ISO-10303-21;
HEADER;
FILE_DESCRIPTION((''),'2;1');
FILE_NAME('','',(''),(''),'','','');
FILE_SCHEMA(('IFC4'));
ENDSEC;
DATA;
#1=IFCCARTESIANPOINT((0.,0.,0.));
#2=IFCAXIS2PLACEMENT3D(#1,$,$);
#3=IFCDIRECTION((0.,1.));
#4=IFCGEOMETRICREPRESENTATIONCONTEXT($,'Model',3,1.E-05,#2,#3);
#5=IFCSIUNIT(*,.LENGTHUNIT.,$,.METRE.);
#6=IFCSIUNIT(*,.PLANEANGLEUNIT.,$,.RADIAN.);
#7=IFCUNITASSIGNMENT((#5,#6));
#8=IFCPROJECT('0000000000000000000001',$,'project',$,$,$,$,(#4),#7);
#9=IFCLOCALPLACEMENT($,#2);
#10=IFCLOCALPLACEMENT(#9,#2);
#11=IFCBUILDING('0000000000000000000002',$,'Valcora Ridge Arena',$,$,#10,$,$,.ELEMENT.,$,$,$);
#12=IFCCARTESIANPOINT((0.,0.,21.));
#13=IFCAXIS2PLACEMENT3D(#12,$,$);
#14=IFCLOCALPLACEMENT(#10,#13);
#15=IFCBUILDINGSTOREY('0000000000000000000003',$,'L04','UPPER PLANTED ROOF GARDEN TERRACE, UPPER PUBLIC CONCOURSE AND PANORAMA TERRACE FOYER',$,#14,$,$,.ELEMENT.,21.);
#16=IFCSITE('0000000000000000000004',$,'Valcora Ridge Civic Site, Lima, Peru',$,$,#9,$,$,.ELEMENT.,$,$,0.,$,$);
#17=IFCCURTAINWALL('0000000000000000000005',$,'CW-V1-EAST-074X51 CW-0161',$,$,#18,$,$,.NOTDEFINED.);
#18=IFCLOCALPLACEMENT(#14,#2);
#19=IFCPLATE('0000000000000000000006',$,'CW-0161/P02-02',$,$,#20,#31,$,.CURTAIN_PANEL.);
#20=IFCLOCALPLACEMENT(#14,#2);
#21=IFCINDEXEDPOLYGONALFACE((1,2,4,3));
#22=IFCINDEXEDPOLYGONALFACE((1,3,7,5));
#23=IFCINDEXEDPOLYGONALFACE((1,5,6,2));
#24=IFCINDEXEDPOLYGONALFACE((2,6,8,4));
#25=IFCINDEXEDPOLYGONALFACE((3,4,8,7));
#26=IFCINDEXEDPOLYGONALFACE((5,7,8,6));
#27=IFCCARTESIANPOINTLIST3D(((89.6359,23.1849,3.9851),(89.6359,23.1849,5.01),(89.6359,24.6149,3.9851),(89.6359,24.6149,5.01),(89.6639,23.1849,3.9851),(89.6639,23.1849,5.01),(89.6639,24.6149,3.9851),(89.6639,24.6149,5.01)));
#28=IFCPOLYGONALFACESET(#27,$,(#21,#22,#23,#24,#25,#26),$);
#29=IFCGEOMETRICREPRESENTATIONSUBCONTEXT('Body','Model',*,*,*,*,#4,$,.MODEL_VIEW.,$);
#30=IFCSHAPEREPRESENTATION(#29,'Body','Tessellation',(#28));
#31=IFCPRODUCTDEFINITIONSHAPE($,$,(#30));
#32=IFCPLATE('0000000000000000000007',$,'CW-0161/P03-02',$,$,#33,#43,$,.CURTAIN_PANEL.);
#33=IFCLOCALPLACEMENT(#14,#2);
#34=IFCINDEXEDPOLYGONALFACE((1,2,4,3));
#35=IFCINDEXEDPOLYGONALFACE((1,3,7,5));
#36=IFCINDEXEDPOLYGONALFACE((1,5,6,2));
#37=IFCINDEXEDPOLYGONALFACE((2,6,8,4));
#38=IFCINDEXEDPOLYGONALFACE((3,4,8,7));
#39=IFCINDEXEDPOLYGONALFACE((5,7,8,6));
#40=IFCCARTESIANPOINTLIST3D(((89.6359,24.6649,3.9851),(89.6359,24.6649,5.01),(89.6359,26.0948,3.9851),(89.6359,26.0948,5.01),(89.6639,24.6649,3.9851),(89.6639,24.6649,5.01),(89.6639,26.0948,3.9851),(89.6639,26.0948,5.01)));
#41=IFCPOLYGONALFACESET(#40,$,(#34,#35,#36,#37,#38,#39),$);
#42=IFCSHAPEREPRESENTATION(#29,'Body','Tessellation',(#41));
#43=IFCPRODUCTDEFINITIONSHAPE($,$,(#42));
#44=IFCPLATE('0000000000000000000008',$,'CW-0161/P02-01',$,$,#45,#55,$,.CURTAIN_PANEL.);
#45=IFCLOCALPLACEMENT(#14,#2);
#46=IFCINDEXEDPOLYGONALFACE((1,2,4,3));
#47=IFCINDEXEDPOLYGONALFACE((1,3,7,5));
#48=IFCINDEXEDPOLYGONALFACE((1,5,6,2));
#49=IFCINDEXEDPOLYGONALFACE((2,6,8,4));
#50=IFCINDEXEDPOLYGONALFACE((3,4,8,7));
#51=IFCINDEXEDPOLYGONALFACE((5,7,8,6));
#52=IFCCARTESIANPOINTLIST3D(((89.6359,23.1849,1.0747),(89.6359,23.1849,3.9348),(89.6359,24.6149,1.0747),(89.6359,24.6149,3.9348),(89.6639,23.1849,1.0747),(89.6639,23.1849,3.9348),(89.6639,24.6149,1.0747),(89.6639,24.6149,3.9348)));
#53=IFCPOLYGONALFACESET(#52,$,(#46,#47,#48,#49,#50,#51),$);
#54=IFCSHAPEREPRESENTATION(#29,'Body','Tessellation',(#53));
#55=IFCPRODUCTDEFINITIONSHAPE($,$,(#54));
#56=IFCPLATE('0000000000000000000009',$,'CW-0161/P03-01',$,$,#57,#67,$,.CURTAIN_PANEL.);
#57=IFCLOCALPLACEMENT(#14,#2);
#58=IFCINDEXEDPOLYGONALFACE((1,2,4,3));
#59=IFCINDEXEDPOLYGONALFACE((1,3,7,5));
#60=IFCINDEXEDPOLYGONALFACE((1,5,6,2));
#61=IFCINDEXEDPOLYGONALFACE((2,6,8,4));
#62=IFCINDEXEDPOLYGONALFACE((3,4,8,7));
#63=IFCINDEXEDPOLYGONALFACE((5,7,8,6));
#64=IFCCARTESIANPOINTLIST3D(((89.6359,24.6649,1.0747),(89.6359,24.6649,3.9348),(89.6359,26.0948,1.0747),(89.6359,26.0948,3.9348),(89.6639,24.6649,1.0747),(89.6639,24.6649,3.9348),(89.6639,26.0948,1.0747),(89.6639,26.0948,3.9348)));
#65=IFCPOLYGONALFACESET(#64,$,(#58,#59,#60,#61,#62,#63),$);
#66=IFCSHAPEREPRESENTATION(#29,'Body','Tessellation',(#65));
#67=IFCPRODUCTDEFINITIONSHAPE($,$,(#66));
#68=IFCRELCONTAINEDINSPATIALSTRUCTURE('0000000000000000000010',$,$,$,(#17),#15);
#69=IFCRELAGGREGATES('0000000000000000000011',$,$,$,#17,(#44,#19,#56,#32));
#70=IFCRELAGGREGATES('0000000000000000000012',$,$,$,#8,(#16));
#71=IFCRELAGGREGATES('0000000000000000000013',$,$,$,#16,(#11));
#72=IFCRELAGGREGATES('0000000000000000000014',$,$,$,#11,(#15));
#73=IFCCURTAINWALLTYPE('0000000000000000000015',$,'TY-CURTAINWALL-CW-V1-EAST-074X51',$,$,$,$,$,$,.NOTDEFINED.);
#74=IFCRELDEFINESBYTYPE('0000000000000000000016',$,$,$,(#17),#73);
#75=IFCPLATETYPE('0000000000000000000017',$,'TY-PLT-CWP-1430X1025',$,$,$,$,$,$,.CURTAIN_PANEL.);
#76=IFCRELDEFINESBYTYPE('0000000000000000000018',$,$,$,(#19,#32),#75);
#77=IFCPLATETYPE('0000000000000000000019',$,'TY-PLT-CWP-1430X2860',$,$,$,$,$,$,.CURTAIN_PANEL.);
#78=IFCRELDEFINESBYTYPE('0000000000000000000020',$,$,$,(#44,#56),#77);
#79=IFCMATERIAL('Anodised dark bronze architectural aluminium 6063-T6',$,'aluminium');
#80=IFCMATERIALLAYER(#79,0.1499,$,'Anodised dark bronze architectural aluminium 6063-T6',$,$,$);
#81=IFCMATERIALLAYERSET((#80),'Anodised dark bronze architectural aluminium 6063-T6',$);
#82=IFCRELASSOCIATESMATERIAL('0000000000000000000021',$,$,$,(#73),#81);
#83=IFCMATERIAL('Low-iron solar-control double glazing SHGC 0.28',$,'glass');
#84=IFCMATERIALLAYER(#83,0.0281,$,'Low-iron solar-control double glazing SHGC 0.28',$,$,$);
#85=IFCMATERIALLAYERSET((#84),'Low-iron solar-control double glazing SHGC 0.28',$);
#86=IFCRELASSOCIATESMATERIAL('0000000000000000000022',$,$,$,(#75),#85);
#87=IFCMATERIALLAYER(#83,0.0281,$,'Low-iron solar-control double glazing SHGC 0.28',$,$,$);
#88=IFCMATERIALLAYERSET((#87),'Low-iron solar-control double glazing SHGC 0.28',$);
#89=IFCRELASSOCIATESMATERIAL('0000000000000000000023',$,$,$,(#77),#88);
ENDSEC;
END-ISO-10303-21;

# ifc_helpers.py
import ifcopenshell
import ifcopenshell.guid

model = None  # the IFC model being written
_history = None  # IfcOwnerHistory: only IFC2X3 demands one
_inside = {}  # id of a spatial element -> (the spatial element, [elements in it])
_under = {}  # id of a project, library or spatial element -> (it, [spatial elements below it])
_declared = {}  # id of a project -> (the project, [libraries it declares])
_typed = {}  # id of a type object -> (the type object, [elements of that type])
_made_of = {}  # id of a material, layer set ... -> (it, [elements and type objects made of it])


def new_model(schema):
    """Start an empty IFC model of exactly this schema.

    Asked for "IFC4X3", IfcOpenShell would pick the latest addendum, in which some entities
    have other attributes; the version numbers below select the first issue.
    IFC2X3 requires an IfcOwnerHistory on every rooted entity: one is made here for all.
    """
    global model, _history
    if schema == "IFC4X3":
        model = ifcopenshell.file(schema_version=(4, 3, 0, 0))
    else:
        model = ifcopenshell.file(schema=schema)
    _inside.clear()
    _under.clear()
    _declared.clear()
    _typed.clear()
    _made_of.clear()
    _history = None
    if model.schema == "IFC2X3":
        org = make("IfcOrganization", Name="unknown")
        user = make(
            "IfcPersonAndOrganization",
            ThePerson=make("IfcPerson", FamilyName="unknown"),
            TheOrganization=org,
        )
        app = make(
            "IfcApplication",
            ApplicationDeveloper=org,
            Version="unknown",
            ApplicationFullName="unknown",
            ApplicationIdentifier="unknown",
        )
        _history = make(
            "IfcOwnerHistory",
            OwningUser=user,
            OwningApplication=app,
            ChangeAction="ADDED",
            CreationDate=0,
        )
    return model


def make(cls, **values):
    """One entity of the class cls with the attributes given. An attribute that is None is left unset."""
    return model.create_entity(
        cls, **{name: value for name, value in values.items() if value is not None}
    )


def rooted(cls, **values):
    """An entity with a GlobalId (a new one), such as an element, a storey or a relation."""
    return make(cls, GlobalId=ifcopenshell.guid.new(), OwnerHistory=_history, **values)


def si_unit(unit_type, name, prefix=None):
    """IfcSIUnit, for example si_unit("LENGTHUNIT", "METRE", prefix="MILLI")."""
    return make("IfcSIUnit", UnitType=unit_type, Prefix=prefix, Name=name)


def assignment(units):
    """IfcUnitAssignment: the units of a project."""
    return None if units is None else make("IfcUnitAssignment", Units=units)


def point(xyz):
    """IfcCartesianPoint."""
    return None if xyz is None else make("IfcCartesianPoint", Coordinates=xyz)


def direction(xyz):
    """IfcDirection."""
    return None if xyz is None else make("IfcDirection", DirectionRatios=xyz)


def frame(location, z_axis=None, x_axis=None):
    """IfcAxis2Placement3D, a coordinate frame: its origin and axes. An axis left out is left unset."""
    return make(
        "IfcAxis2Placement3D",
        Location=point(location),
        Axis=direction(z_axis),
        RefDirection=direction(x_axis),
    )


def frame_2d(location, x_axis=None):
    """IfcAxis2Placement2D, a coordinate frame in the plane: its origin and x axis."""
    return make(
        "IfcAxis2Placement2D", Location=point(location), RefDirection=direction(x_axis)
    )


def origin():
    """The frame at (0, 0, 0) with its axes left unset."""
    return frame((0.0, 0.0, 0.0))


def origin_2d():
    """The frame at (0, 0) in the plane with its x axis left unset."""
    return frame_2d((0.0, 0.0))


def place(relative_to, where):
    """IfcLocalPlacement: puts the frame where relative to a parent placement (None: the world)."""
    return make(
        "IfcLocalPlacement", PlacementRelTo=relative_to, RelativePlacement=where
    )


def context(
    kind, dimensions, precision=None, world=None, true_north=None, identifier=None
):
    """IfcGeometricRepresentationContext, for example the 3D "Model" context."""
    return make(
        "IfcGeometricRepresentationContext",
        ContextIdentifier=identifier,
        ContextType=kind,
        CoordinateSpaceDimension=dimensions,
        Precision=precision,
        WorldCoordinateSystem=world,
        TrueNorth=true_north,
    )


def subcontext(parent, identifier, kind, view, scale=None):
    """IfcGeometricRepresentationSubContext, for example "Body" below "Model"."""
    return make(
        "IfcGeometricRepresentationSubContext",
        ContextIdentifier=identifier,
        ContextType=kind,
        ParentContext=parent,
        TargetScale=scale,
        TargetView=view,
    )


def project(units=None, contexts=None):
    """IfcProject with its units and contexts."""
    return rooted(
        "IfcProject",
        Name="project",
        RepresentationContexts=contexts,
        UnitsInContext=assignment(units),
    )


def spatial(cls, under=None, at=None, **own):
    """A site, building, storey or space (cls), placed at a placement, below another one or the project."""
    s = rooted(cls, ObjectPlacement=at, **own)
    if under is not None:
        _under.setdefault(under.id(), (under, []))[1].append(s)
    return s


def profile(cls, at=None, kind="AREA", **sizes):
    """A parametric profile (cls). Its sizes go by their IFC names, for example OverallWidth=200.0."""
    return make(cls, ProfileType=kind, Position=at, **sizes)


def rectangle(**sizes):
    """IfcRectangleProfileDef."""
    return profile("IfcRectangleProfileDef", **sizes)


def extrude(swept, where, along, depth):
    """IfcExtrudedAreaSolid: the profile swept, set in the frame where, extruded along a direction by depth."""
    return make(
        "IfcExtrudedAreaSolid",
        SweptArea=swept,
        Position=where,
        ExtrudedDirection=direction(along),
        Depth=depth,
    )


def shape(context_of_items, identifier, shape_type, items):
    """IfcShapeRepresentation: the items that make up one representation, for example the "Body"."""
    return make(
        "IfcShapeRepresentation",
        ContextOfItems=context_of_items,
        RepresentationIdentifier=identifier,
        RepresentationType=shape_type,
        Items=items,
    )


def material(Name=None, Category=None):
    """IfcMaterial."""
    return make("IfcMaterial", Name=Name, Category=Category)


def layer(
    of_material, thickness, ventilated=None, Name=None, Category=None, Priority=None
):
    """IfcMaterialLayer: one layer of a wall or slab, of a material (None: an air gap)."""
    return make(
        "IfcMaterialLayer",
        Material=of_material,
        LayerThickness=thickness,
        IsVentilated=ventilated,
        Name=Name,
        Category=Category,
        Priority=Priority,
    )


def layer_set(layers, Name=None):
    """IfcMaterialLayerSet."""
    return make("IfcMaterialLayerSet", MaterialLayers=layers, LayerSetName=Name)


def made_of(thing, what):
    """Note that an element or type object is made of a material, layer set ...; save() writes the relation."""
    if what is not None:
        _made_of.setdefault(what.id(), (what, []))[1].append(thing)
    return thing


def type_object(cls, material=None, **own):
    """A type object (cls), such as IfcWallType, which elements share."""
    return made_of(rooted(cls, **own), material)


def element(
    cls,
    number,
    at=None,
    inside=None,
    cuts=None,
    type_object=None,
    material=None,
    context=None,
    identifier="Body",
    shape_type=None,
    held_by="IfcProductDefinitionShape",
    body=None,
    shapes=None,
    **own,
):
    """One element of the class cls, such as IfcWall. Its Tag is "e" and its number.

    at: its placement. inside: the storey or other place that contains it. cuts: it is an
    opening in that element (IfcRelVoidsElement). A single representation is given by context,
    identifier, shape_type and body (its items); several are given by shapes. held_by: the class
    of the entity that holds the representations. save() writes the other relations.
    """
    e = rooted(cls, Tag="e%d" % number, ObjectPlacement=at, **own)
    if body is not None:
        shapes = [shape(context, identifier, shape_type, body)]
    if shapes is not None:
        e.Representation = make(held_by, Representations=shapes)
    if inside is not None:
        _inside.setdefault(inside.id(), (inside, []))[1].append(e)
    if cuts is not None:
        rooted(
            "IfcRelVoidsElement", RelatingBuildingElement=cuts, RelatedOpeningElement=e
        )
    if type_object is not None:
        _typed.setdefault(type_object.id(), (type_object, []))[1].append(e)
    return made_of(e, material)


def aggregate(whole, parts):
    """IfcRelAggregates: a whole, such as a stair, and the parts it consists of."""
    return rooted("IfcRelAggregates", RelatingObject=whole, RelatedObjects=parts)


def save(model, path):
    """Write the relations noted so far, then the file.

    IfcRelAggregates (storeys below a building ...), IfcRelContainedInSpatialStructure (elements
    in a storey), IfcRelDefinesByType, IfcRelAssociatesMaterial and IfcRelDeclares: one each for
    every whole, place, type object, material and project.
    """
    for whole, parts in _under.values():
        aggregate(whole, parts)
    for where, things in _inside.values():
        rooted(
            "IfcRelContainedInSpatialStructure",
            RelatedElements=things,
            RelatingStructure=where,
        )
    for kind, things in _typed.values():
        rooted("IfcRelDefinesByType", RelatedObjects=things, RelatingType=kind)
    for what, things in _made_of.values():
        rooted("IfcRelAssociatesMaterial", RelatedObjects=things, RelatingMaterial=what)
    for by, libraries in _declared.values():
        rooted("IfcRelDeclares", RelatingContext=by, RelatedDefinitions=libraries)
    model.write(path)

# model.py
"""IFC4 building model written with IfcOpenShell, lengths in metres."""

from ifc_helpers import new_model, si_unit, direction, frame, origin, origin_2d, place, context, subcontext, project, spatial, rectangle, extrude, material, layer, layer_set, type_object, element, aggregate, save


model = new_model("IFC4")

# Units and contexts
model_context = context("Model", 3, precision=1e-05, world=origin(), true_north=direction((0.0, 1.0)))
body_context = subcontext(model_context, "Body", "Model", "MODEL_VIEW")
ifc_project = project(units=[si_unit("LENGTHUNIT", "METRE"), si_unit("PLANEANGLEUNIT", "RADIAN")], contexts=[model_context])

# Site, building, storey
site_placement = place(None, origin())
site = spatial("IfcSite", under=ifc_project, at=site_placement, Name="Valcora Ridge Civic Site, Lima, Peru", CompositionType="ELEMENT", RefElevation=0.0)
building_placement = place(site_placement, origin())
building = spatial("IfcBuilding", under=site, at=building_placement, Name="Valcora Ridge Arena", CompositionType="ELEMENT")
storey_placement = place(building_placement, frame((0.0, 0.0, 21.0)))
storey = spatial("IfcBuildingStorey", under=building, at=storey_placement, Name="L04", Description="UPPER PLANTED ROOF GARDEN TERRACE, UPPER PUBLIC CONCOURSE AND PANORAMA TERRACE FOYER", CompositionType="ELEMENT", Elevation=21.0)

# Curtain wall, plates
ifc_material_1 = material(Name="Anodised dark bronze architectural aluminium 6063-T6", Category="aluminium")
ifc_layer_1 = layer(ifc_material_1, 0.1499, Name="Anodised dark bronze architectural aluminium 6063-T6")
ifc_layer_set_1 = layer_set([ifc_layer_1], Name="Anodised dark bronze architectural aluminium 6063-T6")
curtain_wall_type = type_object("IfcCurtainWallType", Name="TY-CURTAINWALL-CW-V1-EAST-074X51", PredefinedType="NOTDEFINED", material=ifc_layer_set_1)
curtain_wall_placement = place(storey_placement, origin())
curtain_wall = element("IfcCurtainWall", 1, at=curtain_wall_placement, inside=storey, type_object=curtain_wall_type, Name="CW-V1-EAST-074X51 CW-0161", PredefinedType="NOTDEFINED")
ifc_material_2 = material(Name="Low-iron solar-control double glazing SHGC 0.28", Category="glass")
ifc_layer_2 = layer(ifc_material_2, 0.0281, Name="Low-iron solar-control double glazing SHGC 0.28")
ifc_layer_set_2 = layer_set([ifc_layer_2], Name="Low-iron solar-control double glazing SHGC 0.28")
plate_type_1 = type_object("IfcPlateType", Name="TY-PLT-CWP-1430X1025", PredefinedType="CURTAIN_PANEL", material=ifc_layer_set_2)
plate_1_placement = place(storey_placement, frame((89.6499, 23.8999, 3.9851), z_axis=(0.0, 0.0, 1.0), x_axis=(0.0, 1.0, 0.0)))
plate_1 = element("IfcPlate", 2, at=plate_1_placement, type_object=plate_type_1, Name="CW-0161/P02-02", PredefinedType="CURTAIN_PANEL", context=body_context, shape_type="SweptSolid", body=[
    extrude(rectangle(XDim=1.4299, YDim=0.0281, at=origin_2d()), origin(), (0.0, 0.0, 1.0), 1.0249),
])
plate_2_placement = place(storey_placement, frame((89.6499, 25.3799, 3.9851), z_axis=(0.0, 0.0, 1.0), x_axis=(0.0, 1.0, 0.0)))
plate_2 = element("IfcPlate", 3, at=plate_2_placement, type_object=plate_type_1, Name="CW-0161/P03-02", PredefinedType="CURTAIN_PANEL", context=body_context, shape_type="SweptSolid", body=[
    extrude(rectangle(XDim=1.4299, YDim=0.0281, at=origin_2d()), origin(), (0.0, 0.0, 1.0), 1.0249),
])
ifc_layer_3 = layer(ifc_material_2, 0.0281, Name="Low-iron solar-control double glazing SHGC 0.28")
ifc_layer_set_3 = layer_set([ifc_layer_3], Name="Low-iron solar-control double glazing SHGC 0.28")
plate_type_2 = type_object("IfcPlateType", Name="TY-PLT-CWP-1430X2860", PredefinedType="CURTAIN_PANEL", material=ifc_layer_set_3)
plate_3_placement = place(storey_placement, frame((89.6499, 23.8999, 1.0747), z_axis=(0.0, 0.0, 1.0), x_axis=(0.0, 1.0, 0.0)))
plate_3 = element("IfcPlate", 4, at=plate_3_placement, type_object=plate_type_2, Name="CW-0161/P02-01", PredefinedType="CURTAIN_PANEL", context=body_context, shape_type="SweptSolid", body=[
    extrude(rectangle(XDim=1.4299, YDim=0.0281, at=origin_2d()), origin(), (0.0, 0.0, 1.0), 2.8601),
])
plate_4_placement = place(storey_placement, frame((89.6499, 25.3799, 1.0747), z_axis=(0.0, 0.0, 1.0), x_axis=(0.0, 1.0, 0.0)))
plate_4 = element("IfcPlate", 5, at=plate_4_placement, type_object=plate_type_2, Name="CW-0161/P03-01", PredefinedType="CURTAIN_PANEL", context=body_context, shape_type="SweptSolid", body=[
    extrude(rectangle(XDim=1.4299, YDim=0.0281, at=origin_2d()), origin(), (0.0, 0.0, 1.0), 2.8601),
])
aggregate(curtain_wall, [plate_3, plate_1, plate_4, plate_2])

save(model, "model.ifc")
